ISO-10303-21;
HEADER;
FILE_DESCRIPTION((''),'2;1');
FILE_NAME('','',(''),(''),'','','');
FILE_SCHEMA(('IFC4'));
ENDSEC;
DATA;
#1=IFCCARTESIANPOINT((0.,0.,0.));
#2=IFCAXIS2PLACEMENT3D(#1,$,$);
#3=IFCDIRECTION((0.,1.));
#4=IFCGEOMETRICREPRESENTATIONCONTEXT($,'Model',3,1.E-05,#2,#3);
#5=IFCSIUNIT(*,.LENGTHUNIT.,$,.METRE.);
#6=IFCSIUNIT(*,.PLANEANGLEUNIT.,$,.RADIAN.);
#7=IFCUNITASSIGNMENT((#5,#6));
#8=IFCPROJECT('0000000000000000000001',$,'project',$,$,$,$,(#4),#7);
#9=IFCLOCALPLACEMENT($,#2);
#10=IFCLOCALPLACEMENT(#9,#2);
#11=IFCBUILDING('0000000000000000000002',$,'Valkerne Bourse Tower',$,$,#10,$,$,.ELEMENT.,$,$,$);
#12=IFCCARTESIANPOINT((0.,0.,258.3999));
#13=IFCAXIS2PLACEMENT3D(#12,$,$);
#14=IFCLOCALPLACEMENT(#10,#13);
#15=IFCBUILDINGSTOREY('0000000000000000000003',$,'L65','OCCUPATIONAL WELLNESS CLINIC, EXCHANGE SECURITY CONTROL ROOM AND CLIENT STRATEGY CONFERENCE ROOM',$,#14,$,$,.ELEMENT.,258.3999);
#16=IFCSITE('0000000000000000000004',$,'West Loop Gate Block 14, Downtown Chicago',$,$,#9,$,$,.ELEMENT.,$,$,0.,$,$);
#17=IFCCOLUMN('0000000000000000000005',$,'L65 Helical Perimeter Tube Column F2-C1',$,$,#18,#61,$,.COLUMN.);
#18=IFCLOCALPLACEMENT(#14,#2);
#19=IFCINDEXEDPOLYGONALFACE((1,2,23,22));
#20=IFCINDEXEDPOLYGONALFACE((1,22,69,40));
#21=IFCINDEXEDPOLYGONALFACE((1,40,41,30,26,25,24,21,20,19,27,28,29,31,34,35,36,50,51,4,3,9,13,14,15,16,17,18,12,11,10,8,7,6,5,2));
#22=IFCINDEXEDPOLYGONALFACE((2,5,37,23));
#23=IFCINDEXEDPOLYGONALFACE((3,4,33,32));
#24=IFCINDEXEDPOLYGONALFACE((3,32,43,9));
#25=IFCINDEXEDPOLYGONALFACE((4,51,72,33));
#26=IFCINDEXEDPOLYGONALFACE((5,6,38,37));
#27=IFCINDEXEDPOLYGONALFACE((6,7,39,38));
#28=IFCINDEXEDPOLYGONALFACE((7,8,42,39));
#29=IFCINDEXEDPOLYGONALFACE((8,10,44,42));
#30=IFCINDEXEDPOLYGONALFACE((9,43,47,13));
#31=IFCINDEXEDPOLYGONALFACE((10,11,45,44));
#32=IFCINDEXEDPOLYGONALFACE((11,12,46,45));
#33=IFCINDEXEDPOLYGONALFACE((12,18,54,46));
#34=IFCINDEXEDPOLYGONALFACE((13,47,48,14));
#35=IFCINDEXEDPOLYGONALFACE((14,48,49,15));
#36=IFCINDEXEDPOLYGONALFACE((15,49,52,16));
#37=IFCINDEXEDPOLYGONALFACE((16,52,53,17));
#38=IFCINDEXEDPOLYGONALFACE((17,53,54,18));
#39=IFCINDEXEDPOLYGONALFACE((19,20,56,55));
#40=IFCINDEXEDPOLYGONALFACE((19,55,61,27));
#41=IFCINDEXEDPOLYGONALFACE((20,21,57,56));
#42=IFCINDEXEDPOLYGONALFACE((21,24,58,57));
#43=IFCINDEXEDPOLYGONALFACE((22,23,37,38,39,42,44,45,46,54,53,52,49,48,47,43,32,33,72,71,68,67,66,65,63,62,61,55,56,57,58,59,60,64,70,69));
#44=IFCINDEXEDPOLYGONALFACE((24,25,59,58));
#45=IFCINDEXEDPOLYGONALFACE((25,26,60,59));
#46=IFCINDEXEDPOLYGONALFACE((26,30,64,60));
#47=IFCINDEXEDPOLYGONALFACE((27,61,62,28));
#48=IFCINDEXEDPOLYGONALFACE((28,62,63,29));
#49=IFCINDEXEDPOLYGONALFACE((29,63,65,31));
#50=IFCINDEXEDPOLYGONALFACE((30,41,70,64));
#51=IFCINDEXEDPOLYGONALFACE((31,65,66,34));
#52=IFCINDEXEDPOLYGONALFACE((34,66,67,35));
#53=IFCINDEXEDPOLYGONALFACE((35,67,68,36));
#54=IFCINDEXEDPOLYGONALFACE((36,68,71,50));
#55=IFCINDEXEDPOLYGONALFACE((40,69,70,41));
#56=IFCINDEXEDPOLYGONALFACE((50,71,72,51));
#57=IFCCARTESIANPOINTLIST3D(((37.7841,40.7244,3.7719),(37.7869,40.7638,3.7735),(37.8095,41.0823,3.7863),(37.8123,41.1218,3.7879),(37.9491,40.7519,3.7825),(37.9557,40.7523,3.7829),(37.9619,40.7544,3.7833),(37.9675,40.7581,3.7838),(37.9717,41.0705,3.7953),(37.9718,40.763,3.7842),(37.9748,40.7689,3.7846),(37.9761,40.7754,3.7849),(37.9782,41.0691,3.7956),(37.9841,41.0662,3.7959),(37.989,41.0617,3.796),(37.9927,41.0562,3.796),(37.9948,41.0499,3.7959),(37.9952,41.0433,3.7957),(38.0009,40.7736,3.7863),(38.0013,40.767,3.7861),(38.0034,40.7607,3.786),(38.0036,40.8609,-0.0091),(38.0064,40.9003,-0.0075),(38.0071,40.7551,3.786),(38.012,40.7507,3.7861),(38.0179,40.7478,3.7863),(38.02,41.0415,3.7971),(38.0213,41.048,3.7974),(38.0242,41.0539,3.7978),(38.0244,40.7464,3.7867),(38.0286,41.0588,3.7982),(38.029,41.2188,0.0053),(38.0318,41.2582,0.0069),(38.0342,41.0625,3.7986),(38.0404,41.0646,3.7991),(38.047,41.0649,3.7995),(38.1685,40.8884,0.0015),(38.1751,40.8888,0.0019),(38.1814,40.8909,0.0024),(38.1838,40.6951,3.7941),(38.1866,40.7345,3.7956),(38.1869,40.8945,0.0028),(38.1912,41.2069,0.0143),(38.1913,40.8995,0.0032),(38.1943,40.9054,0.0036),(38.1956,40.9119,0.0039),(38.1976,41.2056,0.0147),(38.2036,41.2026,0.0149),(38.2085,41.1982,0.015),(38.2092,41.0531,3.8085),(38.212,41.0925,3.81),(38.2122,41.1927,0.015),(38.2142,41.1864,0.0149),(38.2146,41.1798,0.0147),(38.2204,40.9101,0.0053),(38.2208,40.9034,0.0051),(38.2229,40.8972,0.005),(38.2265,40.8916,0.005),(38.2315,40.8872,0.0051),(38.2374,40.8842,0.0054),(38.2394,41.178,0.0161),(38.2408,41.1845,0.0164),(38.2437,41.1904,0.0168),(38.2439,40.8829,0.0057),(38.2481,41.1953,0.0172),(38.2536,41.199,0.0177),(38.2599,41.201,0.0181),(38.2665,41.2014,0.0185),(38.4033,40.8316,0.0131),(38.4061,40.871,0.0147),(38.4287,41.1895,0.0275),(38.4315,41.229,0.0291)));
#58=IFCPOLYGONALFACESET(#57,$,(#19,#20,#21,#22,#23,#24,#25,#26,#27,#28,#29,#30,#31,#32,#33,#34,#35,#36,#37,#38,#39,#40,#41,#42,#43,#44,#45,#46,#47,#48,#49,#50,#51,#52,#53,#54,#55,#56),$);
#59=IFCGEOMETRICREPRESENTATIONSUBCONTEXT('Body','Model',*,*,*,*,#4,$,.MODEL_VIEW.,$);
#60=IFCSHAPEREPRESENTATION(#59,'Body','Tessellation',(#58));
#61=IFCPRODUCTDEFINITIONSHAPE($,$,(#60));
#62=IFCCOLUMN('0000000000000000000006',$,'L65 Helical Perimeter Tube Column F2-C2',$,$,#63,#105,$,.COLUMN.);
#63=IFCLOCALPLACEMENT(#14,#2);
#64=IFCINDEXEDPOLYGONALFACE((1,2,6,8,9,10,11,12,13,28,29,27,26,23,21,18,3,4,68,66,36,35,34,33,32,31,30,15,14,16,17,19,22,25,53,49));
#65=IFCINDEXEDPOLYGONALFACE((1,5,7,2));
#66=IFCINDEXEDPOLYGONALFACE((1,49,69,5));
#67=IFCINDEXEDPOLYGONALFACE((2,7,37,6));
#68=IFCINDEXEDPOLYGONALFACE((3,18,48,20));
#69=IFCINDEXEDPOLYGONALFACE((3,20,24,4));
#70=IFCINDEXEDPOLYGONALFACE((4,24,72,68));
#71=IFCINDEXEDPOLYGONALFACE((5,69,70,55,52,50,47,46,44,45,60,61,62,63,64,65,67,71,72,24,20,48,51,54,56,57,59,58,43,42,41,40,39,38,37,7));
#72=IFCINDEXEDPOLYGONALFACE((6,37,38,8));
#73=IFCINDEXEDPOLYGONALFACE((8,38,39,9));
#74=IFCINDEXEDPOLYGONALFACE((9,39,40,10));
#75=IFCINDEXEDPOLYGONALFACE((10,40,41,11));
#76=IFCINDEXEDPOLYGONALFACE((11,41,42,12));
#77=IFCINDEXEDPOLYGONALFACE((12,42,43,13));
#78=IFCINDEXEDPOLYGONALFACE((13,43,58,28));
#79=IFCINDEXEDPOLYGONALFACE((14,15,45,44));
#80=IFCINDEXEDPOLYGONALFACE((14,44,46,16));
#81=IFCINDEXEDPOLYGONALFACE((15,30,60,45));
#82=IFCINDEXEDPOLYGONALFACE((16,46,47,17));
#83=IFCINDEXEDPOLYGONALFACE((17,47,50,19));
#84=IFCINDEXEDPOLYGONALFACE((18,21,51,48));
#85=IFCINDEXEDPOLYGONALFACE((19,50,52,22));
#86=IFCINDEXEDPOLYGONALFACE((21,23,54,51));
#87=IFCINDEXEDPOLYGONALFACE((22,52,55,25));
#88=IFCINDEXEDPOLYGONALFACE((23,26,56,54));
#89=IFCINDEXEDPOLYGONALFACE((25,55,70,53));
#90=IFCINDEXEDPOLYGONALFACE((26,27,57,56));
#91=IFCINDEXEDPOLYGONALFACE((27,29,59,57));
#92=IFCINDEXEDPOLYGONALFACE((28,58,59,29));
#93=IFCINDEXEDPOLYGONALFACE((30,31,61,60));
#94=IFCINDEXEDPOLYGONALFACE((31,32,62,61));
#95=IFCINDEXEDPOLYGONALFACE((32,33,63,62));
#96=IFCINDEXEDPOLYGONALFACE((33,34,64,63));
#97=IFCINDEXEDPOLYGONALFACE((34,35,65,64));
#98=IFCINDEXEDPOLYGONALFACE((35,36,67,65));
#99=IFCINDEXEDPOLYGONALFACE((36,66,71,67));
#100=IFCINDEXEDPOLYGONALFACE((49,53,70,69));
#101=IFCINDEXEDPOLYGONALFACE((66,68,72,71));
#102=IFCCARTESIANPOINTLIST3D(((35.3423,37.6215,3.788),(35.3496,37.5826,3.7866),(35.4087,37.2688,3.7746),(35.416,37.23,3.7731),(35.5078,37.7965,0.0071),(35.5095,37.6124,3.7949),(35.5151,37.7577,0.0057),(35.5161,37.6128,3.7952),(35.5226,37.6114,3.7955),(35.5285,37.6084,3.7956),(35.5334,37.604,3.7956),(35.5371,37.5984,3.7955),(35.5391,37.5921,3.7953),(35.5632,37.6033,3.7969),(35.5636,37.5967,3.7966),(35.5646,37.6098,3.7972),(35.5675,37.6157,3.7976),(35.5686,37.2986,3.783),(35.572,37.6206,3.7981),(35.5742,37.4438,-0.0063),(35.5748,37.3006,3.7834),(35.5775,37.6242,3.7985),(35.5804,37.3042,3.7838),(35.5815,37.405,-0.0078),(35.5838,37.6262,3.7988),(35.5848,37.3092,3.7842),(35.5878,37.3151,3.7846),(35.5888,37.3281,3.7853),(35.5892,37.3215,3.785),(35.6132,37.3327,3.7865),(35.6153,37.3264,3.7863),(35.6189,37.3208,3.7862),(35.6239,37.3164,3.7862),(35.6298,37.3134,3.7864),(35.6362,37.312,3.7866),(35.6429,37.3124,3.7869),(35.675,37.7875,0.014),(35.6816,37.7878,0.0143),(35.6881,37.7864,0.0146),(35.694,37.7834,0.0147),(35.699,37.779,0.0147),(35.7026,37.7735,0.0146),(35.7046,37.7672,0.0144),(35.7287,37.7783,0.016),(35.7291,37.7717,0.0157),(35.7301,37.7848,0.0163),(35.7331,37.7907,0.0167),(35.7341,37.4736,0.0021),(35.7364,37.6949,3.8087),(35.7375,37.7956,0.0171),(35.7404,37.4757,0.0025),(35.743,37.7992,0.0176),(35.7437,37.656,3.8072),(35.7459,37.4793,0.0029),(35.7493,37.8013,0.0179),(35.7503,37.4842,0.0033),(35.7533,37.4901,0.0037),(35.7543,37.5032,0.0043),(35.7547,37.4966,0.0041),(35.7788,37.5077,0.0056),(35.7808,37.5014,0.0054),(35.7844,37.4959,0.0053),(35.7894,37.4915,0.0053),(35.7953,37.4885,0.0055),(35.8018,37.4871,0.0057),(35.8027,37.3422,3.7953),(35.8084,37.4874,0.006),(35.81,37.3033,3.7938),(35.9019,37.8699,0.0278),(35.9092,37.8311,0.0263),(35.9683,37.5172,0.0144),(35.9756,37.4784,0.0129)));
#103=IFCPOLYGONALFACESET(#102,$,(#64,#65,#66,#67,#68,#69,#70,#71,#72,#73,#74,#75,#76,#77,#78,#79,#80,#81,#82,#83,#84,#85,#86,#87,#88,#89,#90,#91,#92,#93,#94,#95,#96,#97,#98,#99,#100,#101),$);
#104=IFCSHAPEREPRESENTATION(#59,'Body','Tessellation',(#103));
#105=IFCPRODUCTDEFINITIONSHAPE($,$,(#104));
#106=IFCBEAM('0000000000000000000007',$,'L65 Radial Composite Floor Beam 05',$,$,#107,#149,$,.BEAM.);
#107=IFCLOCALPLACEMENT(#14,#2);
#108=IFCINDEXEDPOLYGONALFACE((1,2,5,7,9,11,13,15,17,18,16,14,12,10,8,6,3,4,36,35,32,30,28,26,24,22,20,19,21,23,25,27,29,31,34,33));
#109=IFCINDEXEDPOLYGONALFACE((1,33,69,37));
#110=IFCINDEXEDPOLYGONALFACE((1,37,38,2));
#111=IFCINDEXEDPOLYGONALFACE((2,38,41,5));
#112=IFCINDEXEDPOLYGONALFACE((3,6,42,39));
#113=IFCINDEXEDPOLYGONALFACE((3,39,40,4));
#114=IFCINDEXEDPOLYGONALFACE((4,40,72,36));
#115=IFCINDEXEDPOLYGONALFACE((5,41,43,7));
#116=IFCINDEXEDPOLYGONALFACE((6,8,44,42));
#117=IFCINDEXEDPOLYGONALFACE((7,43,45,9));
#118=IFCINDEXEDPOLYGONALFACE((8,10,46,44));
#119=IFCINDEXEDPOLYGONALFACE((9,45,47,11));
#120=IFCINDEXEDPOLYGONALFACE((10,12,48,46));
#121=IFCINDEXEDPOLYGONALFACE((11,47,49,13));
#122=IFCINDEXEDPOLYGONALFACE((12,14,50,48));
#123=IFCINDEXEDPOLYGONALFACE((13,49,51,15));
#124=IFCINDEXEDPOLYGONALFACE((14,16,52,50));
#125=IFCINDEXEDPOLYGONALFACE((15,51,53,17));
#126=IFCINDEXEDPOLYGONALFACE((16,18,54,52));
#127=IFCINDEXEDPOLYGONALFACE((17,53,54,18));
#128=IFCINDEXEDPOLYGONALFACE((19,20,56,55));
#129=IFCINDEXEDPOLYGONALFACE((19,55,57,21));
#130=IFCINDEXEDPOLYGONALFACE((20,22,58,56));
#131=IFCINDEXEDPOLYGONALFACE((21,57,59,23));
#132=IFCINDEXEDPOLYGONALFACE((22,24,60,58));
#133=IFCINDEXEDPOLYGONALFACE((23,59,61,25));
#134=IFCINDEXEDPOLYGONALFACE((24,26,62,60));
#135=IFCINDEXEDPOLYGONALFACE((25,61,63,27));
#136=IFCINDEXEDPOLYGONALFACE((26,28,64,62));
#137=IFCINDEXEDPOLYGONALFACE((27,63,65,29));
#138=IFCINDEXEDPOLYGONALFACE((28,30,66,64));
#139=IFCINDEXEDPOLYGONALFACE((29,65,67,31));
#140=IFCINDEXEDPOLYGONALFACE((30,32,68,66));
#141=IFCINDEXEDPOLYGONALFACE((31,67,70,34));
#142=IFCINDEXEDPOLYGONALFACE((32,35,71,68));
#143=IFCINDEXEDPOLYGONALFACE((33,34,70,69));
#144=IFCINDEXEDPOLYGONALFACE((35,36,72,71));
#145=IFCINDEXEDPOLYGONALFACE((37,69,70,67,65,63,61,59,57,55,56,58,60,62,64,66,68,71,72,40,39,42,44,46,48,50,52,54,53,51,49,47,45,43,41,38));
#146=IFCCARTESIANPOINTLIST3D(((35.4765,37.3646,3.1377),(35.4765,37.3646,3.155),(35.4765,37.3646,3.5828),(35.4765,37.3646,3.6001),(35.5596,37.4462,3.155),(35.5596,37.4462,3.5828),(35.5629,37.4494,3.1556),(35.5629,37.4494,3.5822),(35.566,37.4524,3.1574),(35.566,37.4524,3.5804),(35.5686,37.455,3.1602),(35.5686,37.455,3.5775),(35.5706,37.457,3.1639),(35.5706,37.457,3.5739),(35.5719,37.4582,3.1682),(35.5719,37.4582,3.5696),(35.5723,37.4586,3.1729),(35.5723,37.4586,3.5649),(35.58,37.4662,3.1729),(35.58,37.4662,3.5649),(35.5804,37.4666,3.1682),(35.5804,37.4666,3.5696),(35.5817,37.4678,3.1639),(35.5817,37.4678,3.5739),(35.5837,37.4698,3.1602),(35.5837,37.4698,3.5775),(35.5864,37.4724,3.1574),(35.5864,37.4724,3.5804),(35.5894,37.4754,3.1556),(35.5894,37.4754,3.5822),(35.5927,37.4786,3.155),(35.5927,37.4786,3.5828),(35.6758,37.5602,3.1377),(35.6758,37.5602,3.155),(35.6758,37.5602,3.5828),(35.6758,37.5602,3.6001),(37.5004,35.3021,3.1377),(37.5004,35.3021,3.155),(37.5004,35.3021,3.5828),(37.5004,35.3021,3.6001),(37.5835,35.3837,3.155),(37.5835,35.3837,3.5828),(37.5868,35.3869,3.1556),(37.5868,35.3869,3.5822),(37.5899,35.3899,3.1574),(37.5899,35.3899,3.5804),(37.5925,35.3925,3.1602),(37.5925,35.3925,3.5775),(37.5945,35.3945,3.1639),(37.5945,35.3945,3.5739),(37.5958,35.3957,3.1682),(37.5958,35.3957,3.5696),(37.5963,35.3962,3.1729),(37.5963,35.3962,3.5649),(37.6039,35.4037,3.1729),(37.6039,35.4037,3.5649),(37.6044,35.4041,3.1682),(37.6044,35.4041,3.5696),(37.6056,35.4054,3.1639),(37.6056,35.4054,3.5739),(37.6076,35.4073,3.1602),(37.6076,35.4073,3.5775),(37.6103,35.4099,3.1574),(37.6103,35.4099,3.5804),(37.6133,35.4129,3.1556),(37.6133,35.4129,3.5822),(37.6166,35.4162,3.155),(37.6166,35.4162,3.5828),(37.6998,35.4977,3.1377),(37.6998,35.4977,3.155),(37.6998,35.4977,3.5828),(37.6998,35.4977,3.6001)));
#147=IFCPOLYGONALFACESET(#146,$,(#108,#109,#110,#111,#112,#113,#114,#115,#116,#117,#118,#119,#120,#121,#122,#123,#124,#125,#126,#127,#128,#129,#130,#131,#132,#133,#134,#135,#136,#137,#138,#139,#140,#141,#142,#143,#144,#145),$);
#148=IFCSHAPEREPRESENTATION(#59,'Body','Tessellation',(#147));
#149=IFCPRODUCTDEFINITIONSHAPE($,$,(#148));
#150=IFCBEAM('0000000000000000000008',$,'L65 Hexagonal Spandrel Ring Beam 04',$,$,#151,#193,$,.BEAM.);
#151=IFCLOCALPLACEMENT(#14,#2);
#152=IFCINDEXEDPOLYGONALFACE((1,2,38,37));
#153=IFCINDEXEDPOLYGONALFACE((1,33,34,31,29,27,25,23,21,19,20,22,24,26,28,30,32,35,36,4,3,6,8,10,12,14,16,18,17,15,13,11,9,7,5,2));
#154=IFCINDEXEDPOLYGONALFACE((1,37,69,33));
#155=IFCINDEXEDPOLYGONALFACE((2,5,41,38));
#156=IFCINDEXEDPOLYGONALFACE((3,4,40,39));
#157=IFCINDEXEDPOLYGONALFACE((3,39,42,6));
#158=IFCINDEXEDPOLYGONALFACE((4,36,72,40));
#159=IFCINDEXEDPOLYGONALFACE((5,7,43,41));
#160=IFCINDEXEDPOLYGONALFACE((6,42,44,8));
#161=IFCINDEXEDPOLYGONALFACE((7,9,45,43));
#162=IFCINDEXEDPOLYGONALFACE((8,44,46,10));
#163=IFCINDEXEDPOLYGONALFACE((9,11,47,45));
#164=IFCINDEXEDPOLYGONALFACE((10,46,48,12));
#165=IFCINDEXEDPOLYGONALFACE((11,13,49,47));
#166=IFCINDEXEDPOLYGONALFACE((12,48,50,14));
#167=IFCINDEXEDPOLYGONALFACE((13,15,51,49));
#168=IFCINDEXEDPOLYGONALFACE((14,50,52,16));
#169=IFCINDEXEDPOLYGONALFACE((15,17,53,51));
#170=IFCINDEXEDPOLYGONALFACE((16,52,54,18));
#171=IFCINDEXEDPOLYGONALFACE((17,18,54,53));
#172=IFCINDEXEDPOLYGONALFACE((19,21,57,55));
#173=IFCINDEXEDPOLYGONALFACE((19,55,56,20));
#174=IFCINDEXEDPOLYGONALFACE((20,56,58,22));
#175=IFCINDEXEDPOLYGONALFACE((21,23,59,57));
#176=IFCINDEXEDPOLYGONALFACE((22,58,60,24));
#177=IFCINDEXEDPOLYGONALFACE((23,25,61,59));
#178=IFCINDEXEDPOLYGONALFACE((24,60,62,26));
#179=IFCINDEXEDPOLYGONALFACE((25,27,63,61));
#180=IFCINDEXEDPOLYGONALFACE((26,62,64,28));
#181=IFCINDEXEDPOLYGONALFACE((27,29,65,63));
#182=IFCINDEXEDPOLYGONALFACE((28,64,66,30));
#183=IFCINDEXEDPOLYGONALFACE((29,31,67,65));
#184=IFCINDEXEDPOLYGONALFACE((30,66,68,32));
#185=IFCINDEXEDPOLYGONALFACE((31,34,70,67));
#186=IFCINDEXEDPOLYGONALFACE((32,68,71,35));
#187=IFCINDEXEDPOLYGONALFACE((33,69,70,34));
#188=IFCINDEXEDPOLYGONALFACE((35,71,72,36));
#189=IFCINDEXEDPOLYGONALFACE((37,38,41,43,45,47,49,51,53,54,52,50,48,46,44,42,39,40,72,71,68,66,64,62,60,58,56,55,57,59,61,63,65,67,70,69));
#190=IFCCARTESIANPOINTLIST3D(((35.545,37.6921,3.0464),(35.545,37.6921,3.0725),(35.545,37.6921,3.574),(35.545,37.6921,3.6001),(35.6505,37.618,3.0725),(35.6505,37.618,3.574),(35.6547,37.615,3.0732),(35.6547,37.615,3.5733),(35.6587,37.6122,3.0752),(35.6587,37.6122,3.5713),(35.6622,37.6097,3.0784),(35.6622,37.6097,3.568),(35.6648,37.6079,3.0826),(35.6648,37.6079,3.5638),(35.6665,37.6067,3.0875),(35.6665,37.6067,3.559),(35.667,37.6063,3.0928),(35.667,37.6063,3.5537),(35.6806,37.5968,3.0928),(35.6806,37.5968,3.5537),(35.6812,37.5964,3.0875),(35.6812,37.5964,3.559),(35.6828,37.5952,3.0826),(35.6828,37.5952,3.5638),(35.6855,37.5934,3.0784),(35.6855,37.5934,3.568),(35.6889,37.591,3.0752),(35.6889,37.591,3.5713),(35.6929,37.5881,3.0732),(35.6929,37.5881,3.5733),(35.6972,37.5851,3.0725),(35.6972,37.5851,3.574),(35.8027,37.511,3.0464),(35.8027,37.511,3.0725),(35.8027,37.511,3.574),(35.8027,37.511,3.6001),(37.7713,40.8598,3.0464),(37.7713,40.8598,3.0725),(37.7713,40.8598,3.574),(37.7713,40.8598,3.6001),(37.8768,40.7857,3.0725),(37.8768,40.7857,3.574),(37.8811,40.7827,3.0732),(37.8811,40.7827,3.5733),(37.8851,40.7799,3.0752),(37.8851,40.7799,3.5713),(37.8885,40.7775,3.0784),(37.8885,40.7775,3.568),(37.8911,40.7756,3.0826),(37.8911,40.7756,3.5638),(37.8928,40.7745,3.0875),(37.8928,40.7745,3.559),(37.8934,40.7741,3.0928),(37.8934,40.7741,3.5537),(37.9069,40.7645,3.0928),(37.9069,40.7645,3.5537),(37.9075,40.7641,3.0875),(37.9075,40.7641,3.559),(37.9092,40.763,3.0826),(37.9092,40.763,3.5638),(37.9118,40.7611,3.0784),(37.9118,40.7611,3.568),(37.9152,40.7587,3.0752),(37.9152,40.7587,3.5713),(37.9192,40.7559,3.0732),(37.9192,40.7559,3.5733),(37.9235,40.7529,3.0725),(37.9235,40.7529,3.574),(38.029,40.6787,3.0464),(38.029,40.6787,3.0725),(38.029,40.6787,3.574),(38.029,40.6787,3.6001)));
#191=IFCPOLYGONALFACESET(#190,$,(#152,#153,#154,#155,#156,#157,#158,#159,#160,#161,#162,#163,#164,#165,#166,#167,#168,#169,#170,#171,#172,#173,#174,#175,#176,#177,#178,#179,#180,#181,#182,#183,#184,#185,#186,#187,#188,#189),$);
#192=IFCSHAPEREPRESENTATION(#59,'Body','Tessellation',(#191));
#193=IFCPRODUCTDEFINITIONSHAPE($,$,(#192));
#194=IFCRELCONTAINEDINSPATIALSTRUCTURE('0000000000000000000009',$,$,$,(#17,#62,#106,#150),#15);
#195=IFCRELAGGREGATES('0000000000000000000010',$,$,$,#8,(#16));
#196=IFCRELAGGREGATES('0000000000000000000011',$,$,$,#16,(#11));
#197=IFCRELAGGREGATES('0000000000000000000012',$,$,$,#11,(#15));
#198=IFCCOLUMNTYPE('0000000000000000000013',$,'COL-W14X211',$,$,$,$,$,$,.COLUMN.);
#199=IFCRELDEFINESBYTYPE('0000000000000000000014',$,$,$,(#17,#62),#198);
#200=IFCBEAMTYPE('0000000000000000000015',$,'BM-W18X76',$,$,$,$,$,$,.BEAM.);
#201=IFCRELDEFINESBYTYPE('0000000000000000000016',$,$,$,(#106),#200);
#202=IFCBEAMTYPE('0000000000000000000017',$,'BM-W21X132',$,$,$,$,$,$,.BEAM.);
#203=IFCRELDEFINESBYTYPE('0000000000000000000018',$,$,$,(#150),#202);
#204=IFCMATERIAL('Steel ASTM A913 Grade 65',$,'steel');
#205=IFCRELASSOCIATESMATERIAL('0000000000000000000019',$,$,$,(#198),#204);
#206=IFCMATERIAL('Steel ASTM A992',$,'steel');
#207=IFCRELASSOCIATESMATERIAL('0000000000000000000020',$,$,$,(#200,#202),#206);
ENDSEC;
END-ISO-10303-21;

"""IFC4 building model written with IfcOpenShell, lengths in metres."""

from ifc_helpers import new_model, si_unit, direction, frame, origin, origin_2d, place, context, subcontext, project, spatial, i_section, extrude, material, material_profile, profile_set, type_object, element, save


model = new_model("IFC4")

# Units and contexts
model_context = context("Model", 3, precision=1e-05, world=origin(), true_north=direction((0.0, 1.0)))
body_context = subcontext(model_context, "Body", "Model", "MODEL_VIEW")
ifc_project = project(units=[si_unit("LENGTHUNIT", "METRE"), si_unit("PLANEANGLEUNIT", "RADIAN")], contexts=[model_context])

# Site, building, storey
site_placement = place(None, origin())
site = spatial("IfcSite", under=ifc_project, at=site_placement, Name="West Loop Gate Block 14, Downtown Chicago", CompositionType="ELEMENT", RefElevation=0.0)
building_placement = place(site_placement, origin())
building = spatial("IfcBuilding", under=site, at=building_placement, Name="Valkerne Bourse Tower", CompositionType="ELEMENT")
storey_placement = place(building_placement, frame((0.0, 0.0, 258.3999)))
storey = spatial("IfcBuildingStorey", under=building, at=storey_placement, Name="L65", Description="OCCUPATIONAL WELLNESS CLINIC, EXCHANGE SECURITY CONTROL ROOM AND CLIENT STRATEGY CONFERENCE ROOM", CompositionType="ELEMENT", Elevation=258.3999)

# Columns
ifc_material_1 = material(Name="Steel ASTM A913 Grade 65", Category="steel")
ifc_material_profile_1 = material_profile(ifc_material_1, i_section(OverallWidth=0.4014, OverallDepth=0.3987, WebThickness=0.0249, FlangeThickness=0.0396, FilletRadius=0.0254, at=origin_2d()), Name="W14X211")
ifc_profile_set_1 = profile_set([ifc_material_profile_1], Name="Steel ASTM A913 Grade 65")
column_type = type_object("IfcColumnType", Name="COL-W14X211", PredefinedType="COLUMN", material=ifc_profile_set_1)
column_1_placement = place(storey_placement, frame((38.2175, 41.0449, 0.01), z_axis=(-0.057914, -0.036011, 0.997672), x_axis=(-0.995808, 0.072955, -0.055172)))
element("IfcColumn", 1, at=column_1_placement, inside=storey, type_object=column_type, Name="L65 Helical Perimeter Tube Column F2-C1", PredefinedType="COLUMN", context=body_context, shape_type="SweptSolid", body=[
    extrude(i_section(OverallWidth=0.4014, OverallDepth=0.3987, WebThickness=0.0249, FlangeThickness=0.0396, FilletRadius=0.0254, at=origin_2d()), origin(), (0.0, 0.0, 1.0), 3.7898),
])
column_2_placement = place(storey_placement, frame((35.7417, 37.6375, 0.01), z_axis=(-0.04369, -0.046203, 0.997976), x_axis=(-0.981806, -0.182786, -0.051445)))
element("IfcColumn", 2, at=column_2_placement, inside=storey, type_object=column_type, Name="L65 Helical Perimeter Tube Column F2-C2", PredefinedType="COLUMN", context=body_context, shape_type="SweptSolid", body=[
    extrude(i_section(OverallWidth=0.4014, OverallDepth=0.3987, WebThickness=0.0249, FlangeThickness=0.0396, FilletRadius=0.0254, at=origin_2d()), origin(), (0.0, 0.0, 1.0), 3.7886),
])

# Beams
ifc_material_2 = material(Name="Steel ASTM A992", Category="steel")
ifc_material_profile_2 = material_profile(ifc_material_2, i_section(OverallWidth=0.2793, OverallDepth=0.4624, WebThickness=0.0107, FlangeThickness=0.0173, FilletRadius=0.0178, at=origin_2d()), Name="W18X76")
ifc_profile_set_2 = profile_set([ifc_material_profile_2], Name="Steel ASTM A992")
beam_type_1 = type_object("IfcBeamType", Name="BM-W18X76", PredefinedType="BEAM", material=ifc_profile_set_2)
beam_1_placement = place(storey_placement, frame((35.5762, 37.4624, 3.3689), z_axis=(0.700401, -0.71375, 0.0), x_axis=(0.71375, 0.700401, 0.0)))
element("IfcBeam", 3, at=beam_1_placement, inside=storey, type_object=beam_type_1, Name="L65 Radial Composite Floor Beam 05", PredefinedType="BEAM", context=body_context, shape_type="SweptSolid", body=[
    extrude(i_section(OverallWidth=0.2793, OverallDepth=0.4624, WebThickness=0.0107, FlangeThickness=0.0173, FilletRadius=0.0178, at=origin_2d()), origin(), (0.0, 0.0, 1.0), 2.8896),
])
ifc_material_profile_3 = material_profile(ifc_material_2, i_section(OverallWidth=0.3149, OverallDepth=0.5537, WebThickness=0.0166, FlangeThickness=0.0261, FilletRadius=0.0203, at=origin_2d()), Name="W21X132")
ifc_profile_set_3 = profile_set([ifc_material_profile_3], Name="Steel ASTM A992")
beam_type_2 = type_object("IfcBeamType", Name="BM-W21X132", PredefinedType="BEAM", material=ifc_profile_set_3)
beam_2_placement = place(storey_placement, frame((37.9001, 40.7693, 3.3232), z_axis=(-0.575006, -0.818149, 0.0), x_axis=(0.818149, -0.575006, 0.0)))
element("IfcBeam", 4, at=beam_2_placement, inside=storey, type_object=beam_type_2, Name="L65 Hexagonal Spandrel Ring Beam 04", PredefinedType="BEAM", context=body_context, shape_type="SweptSolid", body=[
    extrude(i_section(OverallWidth=0.3149, OverallDepth=0.5537, WebThickness=0.0166, FlangeThickness=0.0261, FilletRadius=0.0203, at=origin_2d()), origin(), (0.0, 0.0, 1.0), 3.8718),
])

save(model, "model.ifc")
